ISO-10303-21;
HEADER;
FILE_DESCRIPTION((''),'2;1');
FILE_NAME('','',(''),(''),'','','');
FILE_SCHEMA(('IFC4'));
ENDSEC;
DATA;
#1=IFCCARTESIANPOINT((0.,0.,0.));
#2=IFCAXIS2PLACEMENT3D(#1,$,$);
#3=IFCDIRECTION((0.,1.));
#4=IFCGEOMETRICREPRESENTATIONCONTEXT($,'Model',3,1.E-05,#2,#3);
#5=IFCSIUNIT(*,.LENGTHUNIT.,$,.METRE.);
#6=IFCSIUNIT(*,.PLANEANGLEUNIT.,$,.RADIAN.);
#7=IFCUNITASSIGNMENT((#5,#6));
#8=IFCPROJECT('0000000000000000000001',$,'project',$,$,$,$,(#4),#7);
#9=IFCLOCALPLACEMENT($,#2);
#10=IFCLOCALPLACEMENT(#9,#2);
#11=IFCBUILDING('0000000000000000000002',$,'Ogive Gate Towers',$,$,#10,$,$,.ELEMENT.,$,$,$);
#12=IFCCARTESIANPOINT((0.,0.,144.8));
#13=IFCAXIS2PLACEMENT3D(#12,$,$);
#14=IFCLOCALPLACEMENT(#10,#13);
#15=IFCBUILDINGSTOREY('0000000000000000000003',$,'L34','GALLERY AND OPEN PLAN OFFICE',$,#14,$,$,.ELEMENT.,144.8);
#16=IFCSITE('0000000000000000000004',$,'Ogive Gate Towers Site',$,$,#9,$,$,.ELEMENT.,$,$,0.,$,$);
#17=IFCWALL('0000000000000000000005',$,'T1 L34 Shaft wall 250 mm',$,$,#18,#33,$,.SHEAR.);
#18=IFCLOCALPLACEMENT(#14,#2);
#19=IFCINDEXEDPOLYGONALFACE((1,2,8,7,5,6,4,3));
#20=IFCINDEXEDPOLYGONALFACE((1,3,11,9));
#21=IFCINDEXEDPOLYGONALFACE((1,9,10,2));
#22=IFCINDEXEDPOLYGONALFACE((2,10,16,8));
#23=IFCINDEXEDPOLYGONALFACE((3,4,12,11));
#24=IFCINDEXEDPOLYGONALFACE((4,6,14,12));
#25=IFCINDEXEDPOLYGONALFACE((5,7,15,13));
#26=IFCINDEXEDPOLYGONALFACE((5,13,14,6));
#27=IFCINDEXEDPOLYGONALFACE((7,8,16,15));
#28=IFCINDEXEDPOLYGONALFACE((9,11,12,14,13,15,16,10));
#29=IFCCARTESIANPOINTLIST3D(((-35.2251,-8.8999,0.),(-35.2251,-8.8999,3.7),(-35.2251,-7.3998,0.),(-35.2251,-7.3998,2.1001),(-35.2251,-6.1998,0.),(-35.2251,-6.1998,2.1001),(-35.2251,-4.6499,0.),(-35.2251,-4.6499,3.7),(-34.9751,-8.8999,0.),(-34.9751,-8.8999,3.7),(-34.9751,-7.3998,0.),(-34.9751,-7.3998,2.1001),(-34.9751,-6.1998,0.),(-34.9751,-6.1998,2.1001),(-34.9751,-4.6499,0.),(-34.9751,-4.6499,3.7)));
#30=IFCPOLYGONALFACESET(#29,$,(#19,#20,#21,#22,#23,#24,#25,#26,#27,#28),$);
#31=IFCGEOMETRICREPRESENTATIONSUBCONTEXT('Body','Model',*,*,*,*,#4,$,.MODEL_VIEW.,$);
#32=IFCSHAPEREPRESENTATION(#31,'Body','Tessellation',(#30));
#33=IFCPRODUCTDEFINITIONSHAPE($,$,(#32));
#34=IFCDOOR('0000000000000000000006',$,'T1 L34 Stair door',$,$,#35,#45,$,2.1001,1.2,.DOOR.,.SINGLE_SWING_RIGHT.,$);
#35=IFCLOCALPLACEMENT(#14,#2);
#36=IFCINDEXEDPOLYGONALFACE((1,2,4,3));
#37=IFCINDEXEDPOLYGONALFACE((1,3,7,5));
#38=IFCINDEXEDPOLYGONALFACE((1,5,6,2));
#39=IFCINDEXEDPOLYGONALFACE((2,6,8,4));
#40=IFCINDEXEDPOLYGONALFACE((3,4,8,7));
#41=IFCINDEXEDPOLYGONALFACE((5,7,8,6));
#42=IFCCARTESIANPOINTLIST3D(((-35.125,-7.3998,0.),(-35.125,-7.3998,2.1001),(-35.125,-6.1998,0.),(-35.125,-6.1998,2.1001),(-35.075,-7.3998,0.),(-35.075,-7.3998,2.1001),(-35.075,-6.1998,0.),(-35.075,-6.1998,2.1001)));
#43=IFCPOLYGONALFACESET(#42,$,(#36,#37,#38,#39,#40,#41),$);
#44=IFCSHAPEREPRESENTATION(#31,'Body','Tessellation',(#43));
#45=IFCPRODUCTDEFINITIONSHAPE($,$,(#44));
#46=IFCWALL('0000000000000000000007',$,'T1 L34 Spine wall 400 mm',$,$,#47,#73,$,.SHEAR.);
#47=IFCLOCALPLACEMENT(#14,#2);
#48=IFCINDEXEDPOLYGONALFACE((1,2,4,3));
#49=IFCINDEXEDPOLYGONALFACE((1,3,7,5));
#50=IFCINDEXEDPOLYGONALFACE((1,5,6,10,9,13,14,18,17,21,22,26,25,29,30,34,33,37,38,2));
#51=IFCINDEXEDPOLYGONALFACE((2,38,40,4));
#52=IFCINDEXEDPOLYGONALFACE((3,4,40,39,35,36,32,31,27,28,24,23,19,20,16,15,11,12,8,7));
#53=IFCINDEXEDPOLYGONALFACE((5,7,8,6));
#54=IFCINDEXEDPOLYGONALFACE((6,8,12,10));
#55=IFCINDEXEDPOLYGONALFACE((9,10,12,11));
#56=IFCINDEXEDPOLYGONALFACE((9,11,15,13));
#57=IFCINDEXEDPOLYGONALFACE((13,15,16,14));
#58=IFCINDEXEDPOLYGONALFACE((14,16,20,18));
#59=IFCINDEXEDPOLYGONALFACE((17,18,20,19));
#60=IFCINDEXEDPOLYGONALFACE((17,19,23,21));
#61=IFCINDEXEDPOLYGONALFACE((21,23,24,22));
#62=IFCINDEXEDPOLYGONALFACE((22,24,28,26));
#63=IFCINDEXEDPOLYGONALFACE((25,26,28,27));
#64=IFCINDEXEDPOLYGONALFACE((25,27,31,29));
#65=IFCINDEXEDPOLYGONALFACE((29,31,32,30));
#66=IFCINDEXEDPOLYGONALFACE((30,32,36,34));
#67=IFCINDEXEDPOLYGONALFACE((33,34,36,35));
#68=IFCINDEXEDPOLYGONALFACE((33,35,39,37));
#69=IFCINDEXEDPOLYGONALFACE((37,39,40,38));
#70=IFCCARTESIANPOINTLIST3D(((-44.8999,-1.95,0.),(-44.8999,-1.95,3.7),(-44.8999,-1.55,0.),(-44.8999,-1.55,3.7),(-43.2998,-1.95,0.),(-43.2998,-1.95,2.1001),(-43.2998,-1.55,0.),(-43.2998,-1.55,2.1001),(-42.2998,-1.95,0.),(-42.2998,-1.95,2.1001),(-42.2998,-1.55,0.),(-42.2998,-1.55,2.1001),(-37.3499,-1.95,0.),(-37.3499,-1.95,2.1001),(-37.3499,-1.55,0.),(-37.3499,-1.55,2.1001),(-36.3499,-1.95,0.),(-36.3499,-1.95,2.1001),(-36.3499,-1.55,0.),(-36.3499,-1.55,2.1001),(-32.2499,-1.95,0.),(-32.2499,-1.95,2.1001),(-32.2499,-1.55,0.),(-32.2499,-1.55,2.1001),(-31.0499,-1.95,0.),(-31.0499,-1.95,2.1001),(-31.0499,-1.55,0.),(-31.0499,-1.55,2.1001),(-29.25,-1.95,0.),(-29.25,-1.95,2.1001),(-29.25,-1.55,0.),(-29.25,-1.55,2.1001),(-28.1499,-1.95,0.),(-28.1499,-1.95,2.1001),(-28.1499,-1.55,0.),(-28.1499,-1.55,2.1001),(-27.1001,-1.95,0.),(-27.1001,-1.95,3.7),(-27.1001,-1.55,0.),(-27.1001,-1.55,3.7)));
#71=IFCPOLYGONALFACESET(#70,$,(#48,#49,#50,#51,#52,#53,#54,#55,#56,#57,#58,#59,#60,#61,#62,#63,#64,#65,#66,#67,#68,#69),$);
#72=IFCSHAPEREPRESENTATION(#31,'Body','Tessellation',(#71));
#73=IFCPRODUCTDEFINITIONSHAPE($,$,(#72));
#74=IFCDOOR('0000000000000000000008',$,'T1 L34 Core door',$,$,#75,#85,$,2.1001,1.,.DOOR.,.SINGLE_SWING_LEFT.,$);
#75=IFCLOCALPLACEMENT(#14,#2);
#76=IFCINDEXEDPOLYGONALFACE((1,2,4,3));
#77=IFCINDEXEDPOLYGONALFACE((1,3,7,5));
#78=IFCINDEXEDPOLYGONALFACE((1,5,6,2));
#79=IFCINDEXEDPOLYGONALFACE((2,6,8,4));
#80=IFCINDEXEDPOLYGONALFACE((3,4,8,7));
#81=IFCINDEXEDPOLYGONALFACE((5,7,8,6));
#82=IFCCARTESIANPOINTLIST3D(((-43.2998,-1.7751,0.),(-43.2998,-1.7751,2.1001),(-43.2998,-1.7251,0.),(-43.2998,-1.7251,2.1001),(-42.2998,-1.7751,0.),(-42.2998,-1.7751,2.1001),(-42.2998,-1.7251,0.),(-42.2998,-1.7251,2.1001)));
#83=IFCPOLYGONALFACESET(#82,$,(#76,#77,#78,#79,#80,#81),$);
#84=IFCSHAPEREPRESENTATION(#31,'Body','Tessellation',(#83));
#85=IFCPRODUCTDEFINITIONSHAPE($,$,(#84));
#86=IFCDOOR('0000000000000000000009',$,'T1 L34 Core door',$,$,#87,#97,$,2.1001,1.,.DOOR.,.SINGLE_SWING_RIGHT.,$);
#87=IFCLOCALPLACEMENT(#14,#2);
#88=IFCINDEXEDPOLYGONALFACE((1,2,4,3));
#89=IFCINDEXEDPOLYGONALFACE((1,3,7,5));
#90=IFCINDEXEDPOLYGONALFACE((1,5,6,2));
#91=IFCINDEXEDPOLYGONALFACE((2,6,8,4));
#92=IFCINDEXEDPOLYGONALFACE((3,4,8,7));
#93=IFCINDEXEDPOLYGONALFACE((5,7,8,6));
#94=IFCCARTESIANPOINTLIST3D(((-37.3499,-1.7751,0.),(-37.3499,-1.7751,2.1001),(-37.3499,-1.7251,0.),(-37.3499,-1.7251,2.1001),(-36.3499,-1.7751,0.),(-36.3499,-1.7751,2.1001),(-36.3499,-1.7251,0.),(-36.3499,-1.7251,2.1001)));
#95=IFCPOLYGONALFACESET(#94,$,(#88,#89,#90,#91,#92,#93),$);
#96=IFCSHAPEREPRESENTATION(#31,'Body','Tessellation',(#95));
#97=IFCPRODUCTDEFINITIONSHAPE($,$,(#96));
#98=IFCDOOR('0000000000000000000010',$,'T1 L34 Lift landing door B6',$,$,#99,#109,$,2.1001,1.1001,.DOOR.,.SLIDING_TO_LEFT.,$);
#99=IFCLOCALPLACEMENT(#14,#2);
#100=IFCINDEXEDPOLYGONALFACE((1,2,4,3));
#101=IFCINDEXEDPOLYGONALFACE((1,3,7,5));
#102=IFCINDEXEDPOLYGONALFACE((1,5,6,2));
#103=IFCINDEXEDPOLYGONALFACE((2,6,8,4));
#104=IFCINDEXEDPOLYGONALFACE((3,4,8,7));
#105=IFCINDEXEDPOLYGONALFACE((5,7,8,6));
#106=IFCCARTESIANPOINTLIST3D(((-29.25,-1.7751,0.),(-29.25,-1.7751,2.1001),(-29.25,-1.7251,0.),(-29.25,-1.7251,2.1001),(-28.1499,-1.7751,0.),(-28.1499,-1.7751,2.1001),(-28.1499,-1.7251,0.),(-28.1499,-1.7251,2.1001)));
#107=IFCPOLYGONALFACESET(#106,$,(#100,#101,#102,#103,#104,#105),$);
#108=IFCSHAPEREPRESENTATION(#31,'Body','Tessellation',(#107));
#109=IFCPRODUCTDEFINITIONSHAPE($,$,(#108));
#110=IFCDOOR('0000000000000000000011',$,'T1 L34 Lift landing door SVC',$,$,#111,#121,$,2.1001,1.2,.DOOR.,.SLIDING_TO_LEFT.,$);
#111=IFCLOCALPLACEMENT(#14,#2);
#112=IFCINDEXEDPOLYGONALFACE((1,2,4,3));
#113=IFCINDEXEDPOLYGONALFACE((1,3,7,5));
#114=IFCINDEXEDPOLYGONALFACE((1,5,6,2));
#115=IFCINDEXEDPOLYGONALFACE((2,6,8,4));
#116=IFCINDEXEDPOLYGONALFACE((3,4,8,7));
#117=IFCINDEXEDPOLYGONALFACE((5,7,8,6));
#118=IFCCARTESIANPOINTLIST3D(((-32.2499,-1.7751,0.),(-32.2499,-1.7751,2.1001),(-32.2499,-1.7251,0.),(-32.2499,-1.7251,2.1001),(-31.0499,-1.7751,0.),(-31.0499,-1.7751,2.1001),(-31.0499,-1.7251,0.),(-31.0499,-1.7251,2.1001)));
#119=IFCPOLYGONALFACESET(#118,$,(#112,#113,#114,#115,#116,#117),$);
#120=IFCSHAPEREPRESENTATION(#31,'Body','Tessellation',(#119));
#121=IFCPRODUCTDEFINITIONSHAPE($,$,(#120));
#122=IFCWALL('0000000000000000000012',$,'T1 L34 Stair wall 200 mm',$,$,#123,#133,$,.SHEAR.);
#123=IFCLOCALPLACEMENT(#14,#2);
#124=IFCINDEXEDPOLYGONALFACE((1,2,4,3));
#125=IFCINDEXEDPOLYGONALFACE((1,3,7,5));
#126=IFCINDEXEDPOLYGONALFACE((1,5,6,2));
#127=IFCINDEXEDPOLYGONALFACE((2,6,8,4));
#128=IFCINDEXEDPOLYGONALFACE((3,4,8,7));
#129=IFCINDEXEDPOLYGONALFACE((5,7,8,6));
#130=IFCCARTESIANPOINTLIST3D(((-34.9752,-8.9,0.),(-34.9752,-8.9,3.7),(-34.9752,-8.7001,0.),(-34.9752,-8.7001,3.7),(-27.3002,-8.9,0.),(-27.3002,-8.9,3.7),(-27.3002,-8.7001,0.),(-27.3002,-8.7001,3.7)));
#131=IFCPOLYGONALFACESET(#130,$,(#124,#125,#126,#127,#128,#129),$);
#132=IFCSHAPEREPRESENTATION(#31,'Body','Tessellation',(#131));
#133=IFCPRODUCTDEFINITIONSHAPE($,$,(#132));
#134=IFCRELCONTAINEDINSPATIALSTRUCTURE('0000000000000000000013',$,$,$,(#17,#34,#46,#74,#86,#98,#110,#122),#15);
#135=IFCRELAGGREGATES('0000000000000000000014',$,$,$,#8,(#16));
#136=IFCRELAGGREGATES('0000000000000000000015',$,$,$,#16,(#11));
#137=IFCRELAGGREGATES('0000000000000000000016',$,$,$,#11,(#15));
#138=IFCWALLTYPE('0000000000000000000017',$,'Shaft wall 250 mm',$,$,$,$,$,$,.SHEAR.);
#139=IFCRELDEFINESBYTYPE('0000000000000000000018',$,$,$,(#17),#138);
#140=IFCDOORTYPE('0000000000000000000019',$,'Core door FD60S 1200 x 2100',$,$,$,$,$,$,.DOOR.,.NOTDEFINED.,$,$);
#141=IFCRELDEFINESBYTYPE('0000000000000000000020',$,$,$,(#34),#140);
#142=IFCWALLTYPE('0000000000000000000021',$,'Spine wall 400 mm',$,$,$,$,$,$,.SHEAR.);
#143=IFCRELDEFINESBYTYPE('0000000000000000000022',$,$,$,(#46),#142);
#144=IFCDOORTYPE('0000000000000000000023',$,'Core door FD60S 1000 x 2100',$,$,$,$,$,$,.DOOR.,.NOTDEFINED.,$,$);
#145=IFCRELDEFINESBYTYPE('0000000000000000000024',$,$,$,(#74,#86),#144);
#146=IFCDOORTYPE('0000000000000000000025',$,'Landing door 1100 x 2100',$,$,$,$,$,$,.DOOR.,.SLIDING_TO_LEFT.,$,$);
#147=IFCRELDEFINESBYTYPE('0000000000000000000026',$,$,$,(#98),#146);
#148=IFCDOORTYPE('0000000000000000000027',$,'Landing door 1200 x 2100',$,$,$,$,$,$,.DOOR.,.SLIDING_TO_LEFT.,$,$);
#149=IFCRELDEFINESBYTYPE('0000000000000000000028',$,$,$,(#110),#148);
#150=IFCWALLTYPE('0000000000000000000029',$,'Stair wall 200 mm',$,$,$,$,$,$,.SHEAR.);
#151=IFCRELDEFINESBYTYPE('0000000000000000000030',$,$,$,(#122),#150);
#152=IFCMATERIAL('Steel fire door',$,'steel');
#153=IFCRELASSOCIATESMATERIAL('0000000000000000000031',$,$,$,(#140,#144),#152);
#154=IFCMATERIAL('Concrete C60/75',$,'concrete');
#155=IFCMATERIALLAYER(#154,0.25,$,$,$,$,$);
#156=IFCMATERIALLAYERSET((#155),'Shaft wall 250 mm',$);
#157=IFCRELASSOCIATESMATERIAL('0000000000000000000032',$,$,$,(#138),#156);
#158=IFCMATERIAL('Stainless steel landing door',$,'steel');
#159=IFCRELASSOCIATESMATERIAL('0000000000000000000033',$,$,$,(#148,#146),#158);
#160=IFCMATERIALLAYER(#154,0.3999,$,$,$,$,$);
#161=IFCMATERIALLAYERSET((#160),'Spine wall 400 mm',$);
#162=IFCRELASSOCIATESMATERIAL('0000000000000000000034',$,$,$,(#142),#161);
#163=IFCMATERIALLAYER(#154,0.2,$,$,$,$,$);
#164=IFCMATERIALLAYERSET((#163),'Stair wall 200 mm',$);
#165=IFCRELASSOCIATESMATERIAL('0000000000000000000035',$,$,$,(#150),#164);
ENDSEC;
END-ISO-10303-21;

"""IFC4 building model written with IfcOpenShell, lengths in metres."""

from ifc_helpers import new_model, si_unit, direction, frame, frame_2d, origin, place, context, subcontext, project, spatial, rectangle, extrude, material, layer, layer_set, type_object, element, fill, save


model = new_model("IFC4")

# Units and contexts
model_context = context("Model", 3, precision=1e-05, world=origin(), true_north=direction((0.0, 1.0)))
body_context = subcontext(model_context, "Body", "Model", "MODEL_VIEW")
ifc_project = project(units=[si_unit("LENGTHUNIT", "METRE"), si_unit("PLANEANGLEUNIT", "RADIAN")], contexts=[model_context])

# Site, building, storey
site_placement = place(None, origin())
site = spatial("IfcSite", under=ifc_project, at=site_placement, Name="Ogive Gate Towers Site", CompositionType="ELEMENT", RefElevation=0.0)
building_placement = place(site_placement, origin())
building = spatial("IfcBuilding", under=site, at=building_placement, Name="Ogive Gate Towers", CompositionType="ELEMENT")
storey_placement = place(building_placement, frame((0.0, 0.0, 144.8)))
storey = spatial("IfcBuildingStorey", under=building, at=storey_placement, Name="L34", Description="GALLERY AND OPEN PLAN OFFICE", CompositionType="ELEMENT", Elevation=144.8)

# Shared definitions
ifc_material_1 = material(Name="Concrete C60/75", Category="concrete")
ifc_material_2 = material(Name="Steel fire door", Category="steel")
door_type_1 = type_object("IfcDoorType", Name="Core door FD60S 1200 x 2100", OperationType="NOTDEFINED", PredefinedType="DOOR", material=ifc_material_2)

# Shared definitions
ifc_layer_1 = layer(ifc_material_1, 0.25)
ifc_layer_set_1 = layer_set([ifc_layer_1], Name="Shaft wall 250 mm")
wall_type_1 = type_object("IfcWallType", Name="Shaft wall 250 mm", PredefinedType="SHEAR", material=ifc_layer_set_1)

# Wall, opening, door
ifc_material_3 = material(Name="Stainless steel landing door", Category="steel")
door_type_2 = type_object("IfcDoorType", Name="Landing door 1200 x 2100", OperationType="SLIDING_TO_LEFT", PredefinedType="DOOR", material=ifc_material_3)
wall_1_placement = place(storey_placement, frame((-35.1001, -8.8999, 0.0), z_axis=(0.0, 0.0, 1.0), x_axis=(0.0, 1.0, 0.0)))
wall_1 = element("IfcWall", 1, at=wall_1_placement, inside=storey, type_object=wall_type_1, Name="T1 L34 Shaft wall 250 mm", PredefinedType="SHEAR", context=body_context, shape_type="SweptSolid", body=[
    extrude(rectangle(XDim=4.25, YDim=0.25, at=frame_2d((2.125, 0.0))), origin(), (0.0, 0.0, 1.0), 3.7),
])
opening_1_placement = place(wall_1_placement, frame((1.5, 0.0, 0.0)))
opening_1 = element("IfcOpeningElement", 2, at=opening_1_placement, cuts=wall_1, PredefinedType="OPENING", context=body_context, shape_type="SweptSolid", body=[
    extrude(rectangle(XDim=1.2, YDim=2.1001, at=frame_2d((0.6001, 1.05))), frame((0.0, 0.135, 0.0), z_axis=(0.0, -1.0, 0.0), x_axis=(1.0, 0.0, 0.0)), (0.0, 0.0, 1.0), 0.27),
])
door_1_placement = place(opening_1_placement, origin())
door_1 = element("IfcDoor", 3, at=door_1_placement, inside=storey, type_object=door_type_1, Name="T1 L34 Stair door", OperationType="SINGLE_SWING_RIGHT", OverallHeight=2.1001, OverallWidth=1.2, PredefinedType="DOOR", context=body_context, shape_type="SweptSolid", body=[
    extrude(rectangle(XDim=1.2, YDim=2.1001, at=frame_2d((0.6001, 1.05))), frame((0.0, 0.0249, 0.0), z_axis=(0.0, -1.0, 0.0), x_axis=(1.0, 0.0, 0.0)), (0.0, 0.0, 1.0), 0.05),
])
fill(opening_1, door_1)

# Wall, openings, doors
ifc_layer_2 = layer(ifc_material_1, 0.3999)
ifc_layer_set_2 = layer_set([ifc_layer_2], Name="Spine wall 400 mm")
wall_type_2 = type_object("IfcWallType", Name="Spine wall 400 mm", PredefinedType="SHEAR", material=ifc_layer_set_2)
wall_2_placement = place(storey_placement, frame((-44.8999, -1.75, 0.0), z_axis=(0.0, 0.0, 1.0), x_axis=(1.0, 0.0, 0.0)))
wall_2 = element("IfcWall", 4, at=wall_2_placement, inside=storey, type_object=wall_type_2, Name="T1 L34 Spine wall 400 mm", PredefinedType="SHEAR", context=body_context, shape_type="SweptSolid", body=[
    extrude(rectangle(XDim=17.7998, YDim=0.3999, at=frame_2d((8.8999, 0.0))), origin(), (0.0, 0.0, 1.0), 3.7),
])
opening_2_placement = place(wall_2_placement, frame((12.6499, 0.0, 0.0)))
opening_2 = element("IfcOpeningElement", 5, at=opening_2_placement, cuts=wall_2, PredefinedType="OPENING", context=body_context, shape_type="SweptSolid", body=[
    extrude(rectangle(XDim=1.2, YDim=2.1001, at=frame_2d((0.6001, 1.05))), frame((0.0, 0.21, 0.0), z_axis=(0.0, -1.0, 0.0), x_axis=(1.0, 0.0, 0.0)), (0.0, 0.0, 1.0), 0.4199),
])
opening_3_placement = place(wall_2_placement, frame((15.6499, 0.0, 0.0)))
opening_3 = element("IfcOpeningElement", 6, at=opening_3_placement, cuts=wall_2, PredefinedType="OPENING", context=body_context, shape_type="SweptSolid", body=[
    extrude(rectangle(XDim=1.1001, YDim=2.1001, at=frame_2d((0.55, 1.05))), frame((0.0, 0.21, 0.0), z_axis=(0.0, -1.0, 0.0), x_axis=(1.0, 0.0, 0.0)), (0.0, 0.0, 1.0), 0.4199),
])
opening_4_placement = place(wall_2_placement, frame((1.6001, 0.0, 0.0)))
opening_4 = element("IfcOpeningElement", 7, at=opening_4_placement, cuts=wall_2, PredefinedType="OPENING", context=body_context, shape_type="SweptSolid", body=[
    extrude(rectangle(XDim=1.0, YDim=2.1001, at=frame_2d((0.5, 1.05))), frame((0.0, 0.21, 0.0), z_axis=(0.0, -1.0, 0.0), x_axis=(1.0, 0.0, 0.0)), (0.0, 0.0, 1.0), 0.4199),
])
opening_5_placement = place(wall_2_placement, frame((7.55, 0.0, 0.0)))
opening_5 = element("IfcOpeningElement", 8, at=opening_5_placement, cuts=wall_2, PredefinedType="OPENING", context=body_context, shape_type="SweptSolid", body=[
    extrude(rectangle(XDim=1.0, YDim=2.1001, at=frame_2d((0.5, 1.05))), frame((0.0, 0.21, 0.0), z_axis=(0.0, -1.0, 0.0), x_axis=(1.0, 0.0, 0.0)), (0.0, 0.0, 1.0), 0.4199),
])
door_type_3 = type_object("IfcDoorType", Name="Core door FD60S 1000 x 2100", OperationType="NOTDEFINED", PredefinedType="DOOR", material=ifc_material_2)
door_2_placement = place(opening_4_placement, origin())
door_2 = element("IfcDoor", 9, at=door_2_placement, inside=storey, type_object=door_type_3, Name="T1 L34 Core door", OperationType="SINGLE_SWING_LEFT", OverallHeight=2.1001, OverallWidth=1.0, PredefinedType="DOOR", context=body_context, shape_type="SweptSolid", body=[
    extrude(rectangle(XDim=1.0, YDim=2.1001, at=frame_2d((0.5, 1.05))), frame((0.0, 0.0249, 0.0), z_axis=(0.0, -1.0, 0.0), x_axis=(1.0, 0.0, 0.0)), (0.0, 0.0, 1.0), 0.05),
])
fill(opening_4, door_2)
door_3_placement = place(opening_5_placement, origin())
door_3 = element("IfcDoor", 10, at=door_3_placement, inside=storey, type_object=door_type_3, Name="T1 L34 Core door", OperationType="SINGLE_SWING_RIGHT", OverallHeight=2.1001, OverallWidth=1.0, PredefinedType="DOOR", context=body_context, shape_type="SweptSolid", body=[
    extrude(rectangle(XDim=1.0, YDim=2.1001, at=frame_2d((0.5, 1.05))), frame((0.0, 0.0249, 0.0), z_axis=(0.0, -1.0, 0.0), x_axis=(1.0, 0.0, 0.0)), (0.0, 0.0, 1.0), 0.05),
])
fill(opening_5, door_3)
door_type_4 = type_object("IfcDoorType", Name="Landing door 1100 x 2100", OperationType="SLIDING_TO_LEFT", PredefinedType="DOOR", material=ifc_material_3)
door_4_placement = place(opening_3_placement, origin())
door_4 = element("IfcDoor", 11, at=door_4_placement, inside=storey, type_object=door_type_4, Name="T1 L34 Lift landing door B6", OperationType="SLIDING_TO_LEFT", OverallHeight=2.1001, OverallWidth=1.1001, PredefinedType="DOOR", context=body_context, shape_type="SweptSolid", body=[
    extrude(rectangle(XDim=1.1001, YDim=2.1001, at=frame_2d((0.55, 1.05))), frame((0.0, 0.0249, 0.0), z_axis=(0.0, -1.0, 0.0), x_axis=(1.0, 0.0, 0.0)), (0.0, 0.0, 1.0), 0.05),
])
fill(opening_3, door_4)
door_5_placement = place(opening_2_placement, origin())
door_5 = element("IfcDoor", 12, at=door_5_placement, inside=storey, type_object=door_type_2, Name="T1 L34 Lift landing door SVC", OperationType="SLIDING_TO_LEFT", OverallHeight=2.1001, OverallWidth=1.2, PredefinedType="DOOR", context=body_context, shape_type="SweptSolid", body=[
    extrude(rectangle(XDim=1.2, YDim=2.1001, at=frame_2d((0.6001, 1.05))), frame((0.0, 0.0249, 0.0), z_axis=(0.0, -1.0, 0.0), x_axis=(1.0, 0.0, 0.0)), (0.0, 0.0, 1.0), 0.05),
])
fill(opening_2, door_5)

# Wall
ifc_layer_3 = layer(ifc_material_1, 0.2)
ifc_layer_set_3 = layer_set([ifc_layer_3], Name="Stair wall 200 mm")
wall_type_3 = type_object("IfcWallType", Name="Stair wall 200 mm", PredefinedType="SHEAR", material=ifc_layer_set_3)
wall_3_placement = place(storey_placement, frame((-34.9751, -8.8, 0.0), z_axis=(0.0, 0.0, 1.0), x_axis=(1.0, 0.0, 0.0)))
element("IfcWall", 13, at=wall_3_placement, inside=storey, type_object=wall_type_3, Name="T1 L34 Stair wall 200 mm", PredefinedType="SHEAR", context=body_context, shape_type="SweptSolid", body=[
    extrude(rectangle(XDim=7.675, YDim=0.2, at=frame_2d((3.8374, 0.0))), origin(), (0.0, 0.0, 1.0), 3.7),
])

save(model, "model.ifc")
